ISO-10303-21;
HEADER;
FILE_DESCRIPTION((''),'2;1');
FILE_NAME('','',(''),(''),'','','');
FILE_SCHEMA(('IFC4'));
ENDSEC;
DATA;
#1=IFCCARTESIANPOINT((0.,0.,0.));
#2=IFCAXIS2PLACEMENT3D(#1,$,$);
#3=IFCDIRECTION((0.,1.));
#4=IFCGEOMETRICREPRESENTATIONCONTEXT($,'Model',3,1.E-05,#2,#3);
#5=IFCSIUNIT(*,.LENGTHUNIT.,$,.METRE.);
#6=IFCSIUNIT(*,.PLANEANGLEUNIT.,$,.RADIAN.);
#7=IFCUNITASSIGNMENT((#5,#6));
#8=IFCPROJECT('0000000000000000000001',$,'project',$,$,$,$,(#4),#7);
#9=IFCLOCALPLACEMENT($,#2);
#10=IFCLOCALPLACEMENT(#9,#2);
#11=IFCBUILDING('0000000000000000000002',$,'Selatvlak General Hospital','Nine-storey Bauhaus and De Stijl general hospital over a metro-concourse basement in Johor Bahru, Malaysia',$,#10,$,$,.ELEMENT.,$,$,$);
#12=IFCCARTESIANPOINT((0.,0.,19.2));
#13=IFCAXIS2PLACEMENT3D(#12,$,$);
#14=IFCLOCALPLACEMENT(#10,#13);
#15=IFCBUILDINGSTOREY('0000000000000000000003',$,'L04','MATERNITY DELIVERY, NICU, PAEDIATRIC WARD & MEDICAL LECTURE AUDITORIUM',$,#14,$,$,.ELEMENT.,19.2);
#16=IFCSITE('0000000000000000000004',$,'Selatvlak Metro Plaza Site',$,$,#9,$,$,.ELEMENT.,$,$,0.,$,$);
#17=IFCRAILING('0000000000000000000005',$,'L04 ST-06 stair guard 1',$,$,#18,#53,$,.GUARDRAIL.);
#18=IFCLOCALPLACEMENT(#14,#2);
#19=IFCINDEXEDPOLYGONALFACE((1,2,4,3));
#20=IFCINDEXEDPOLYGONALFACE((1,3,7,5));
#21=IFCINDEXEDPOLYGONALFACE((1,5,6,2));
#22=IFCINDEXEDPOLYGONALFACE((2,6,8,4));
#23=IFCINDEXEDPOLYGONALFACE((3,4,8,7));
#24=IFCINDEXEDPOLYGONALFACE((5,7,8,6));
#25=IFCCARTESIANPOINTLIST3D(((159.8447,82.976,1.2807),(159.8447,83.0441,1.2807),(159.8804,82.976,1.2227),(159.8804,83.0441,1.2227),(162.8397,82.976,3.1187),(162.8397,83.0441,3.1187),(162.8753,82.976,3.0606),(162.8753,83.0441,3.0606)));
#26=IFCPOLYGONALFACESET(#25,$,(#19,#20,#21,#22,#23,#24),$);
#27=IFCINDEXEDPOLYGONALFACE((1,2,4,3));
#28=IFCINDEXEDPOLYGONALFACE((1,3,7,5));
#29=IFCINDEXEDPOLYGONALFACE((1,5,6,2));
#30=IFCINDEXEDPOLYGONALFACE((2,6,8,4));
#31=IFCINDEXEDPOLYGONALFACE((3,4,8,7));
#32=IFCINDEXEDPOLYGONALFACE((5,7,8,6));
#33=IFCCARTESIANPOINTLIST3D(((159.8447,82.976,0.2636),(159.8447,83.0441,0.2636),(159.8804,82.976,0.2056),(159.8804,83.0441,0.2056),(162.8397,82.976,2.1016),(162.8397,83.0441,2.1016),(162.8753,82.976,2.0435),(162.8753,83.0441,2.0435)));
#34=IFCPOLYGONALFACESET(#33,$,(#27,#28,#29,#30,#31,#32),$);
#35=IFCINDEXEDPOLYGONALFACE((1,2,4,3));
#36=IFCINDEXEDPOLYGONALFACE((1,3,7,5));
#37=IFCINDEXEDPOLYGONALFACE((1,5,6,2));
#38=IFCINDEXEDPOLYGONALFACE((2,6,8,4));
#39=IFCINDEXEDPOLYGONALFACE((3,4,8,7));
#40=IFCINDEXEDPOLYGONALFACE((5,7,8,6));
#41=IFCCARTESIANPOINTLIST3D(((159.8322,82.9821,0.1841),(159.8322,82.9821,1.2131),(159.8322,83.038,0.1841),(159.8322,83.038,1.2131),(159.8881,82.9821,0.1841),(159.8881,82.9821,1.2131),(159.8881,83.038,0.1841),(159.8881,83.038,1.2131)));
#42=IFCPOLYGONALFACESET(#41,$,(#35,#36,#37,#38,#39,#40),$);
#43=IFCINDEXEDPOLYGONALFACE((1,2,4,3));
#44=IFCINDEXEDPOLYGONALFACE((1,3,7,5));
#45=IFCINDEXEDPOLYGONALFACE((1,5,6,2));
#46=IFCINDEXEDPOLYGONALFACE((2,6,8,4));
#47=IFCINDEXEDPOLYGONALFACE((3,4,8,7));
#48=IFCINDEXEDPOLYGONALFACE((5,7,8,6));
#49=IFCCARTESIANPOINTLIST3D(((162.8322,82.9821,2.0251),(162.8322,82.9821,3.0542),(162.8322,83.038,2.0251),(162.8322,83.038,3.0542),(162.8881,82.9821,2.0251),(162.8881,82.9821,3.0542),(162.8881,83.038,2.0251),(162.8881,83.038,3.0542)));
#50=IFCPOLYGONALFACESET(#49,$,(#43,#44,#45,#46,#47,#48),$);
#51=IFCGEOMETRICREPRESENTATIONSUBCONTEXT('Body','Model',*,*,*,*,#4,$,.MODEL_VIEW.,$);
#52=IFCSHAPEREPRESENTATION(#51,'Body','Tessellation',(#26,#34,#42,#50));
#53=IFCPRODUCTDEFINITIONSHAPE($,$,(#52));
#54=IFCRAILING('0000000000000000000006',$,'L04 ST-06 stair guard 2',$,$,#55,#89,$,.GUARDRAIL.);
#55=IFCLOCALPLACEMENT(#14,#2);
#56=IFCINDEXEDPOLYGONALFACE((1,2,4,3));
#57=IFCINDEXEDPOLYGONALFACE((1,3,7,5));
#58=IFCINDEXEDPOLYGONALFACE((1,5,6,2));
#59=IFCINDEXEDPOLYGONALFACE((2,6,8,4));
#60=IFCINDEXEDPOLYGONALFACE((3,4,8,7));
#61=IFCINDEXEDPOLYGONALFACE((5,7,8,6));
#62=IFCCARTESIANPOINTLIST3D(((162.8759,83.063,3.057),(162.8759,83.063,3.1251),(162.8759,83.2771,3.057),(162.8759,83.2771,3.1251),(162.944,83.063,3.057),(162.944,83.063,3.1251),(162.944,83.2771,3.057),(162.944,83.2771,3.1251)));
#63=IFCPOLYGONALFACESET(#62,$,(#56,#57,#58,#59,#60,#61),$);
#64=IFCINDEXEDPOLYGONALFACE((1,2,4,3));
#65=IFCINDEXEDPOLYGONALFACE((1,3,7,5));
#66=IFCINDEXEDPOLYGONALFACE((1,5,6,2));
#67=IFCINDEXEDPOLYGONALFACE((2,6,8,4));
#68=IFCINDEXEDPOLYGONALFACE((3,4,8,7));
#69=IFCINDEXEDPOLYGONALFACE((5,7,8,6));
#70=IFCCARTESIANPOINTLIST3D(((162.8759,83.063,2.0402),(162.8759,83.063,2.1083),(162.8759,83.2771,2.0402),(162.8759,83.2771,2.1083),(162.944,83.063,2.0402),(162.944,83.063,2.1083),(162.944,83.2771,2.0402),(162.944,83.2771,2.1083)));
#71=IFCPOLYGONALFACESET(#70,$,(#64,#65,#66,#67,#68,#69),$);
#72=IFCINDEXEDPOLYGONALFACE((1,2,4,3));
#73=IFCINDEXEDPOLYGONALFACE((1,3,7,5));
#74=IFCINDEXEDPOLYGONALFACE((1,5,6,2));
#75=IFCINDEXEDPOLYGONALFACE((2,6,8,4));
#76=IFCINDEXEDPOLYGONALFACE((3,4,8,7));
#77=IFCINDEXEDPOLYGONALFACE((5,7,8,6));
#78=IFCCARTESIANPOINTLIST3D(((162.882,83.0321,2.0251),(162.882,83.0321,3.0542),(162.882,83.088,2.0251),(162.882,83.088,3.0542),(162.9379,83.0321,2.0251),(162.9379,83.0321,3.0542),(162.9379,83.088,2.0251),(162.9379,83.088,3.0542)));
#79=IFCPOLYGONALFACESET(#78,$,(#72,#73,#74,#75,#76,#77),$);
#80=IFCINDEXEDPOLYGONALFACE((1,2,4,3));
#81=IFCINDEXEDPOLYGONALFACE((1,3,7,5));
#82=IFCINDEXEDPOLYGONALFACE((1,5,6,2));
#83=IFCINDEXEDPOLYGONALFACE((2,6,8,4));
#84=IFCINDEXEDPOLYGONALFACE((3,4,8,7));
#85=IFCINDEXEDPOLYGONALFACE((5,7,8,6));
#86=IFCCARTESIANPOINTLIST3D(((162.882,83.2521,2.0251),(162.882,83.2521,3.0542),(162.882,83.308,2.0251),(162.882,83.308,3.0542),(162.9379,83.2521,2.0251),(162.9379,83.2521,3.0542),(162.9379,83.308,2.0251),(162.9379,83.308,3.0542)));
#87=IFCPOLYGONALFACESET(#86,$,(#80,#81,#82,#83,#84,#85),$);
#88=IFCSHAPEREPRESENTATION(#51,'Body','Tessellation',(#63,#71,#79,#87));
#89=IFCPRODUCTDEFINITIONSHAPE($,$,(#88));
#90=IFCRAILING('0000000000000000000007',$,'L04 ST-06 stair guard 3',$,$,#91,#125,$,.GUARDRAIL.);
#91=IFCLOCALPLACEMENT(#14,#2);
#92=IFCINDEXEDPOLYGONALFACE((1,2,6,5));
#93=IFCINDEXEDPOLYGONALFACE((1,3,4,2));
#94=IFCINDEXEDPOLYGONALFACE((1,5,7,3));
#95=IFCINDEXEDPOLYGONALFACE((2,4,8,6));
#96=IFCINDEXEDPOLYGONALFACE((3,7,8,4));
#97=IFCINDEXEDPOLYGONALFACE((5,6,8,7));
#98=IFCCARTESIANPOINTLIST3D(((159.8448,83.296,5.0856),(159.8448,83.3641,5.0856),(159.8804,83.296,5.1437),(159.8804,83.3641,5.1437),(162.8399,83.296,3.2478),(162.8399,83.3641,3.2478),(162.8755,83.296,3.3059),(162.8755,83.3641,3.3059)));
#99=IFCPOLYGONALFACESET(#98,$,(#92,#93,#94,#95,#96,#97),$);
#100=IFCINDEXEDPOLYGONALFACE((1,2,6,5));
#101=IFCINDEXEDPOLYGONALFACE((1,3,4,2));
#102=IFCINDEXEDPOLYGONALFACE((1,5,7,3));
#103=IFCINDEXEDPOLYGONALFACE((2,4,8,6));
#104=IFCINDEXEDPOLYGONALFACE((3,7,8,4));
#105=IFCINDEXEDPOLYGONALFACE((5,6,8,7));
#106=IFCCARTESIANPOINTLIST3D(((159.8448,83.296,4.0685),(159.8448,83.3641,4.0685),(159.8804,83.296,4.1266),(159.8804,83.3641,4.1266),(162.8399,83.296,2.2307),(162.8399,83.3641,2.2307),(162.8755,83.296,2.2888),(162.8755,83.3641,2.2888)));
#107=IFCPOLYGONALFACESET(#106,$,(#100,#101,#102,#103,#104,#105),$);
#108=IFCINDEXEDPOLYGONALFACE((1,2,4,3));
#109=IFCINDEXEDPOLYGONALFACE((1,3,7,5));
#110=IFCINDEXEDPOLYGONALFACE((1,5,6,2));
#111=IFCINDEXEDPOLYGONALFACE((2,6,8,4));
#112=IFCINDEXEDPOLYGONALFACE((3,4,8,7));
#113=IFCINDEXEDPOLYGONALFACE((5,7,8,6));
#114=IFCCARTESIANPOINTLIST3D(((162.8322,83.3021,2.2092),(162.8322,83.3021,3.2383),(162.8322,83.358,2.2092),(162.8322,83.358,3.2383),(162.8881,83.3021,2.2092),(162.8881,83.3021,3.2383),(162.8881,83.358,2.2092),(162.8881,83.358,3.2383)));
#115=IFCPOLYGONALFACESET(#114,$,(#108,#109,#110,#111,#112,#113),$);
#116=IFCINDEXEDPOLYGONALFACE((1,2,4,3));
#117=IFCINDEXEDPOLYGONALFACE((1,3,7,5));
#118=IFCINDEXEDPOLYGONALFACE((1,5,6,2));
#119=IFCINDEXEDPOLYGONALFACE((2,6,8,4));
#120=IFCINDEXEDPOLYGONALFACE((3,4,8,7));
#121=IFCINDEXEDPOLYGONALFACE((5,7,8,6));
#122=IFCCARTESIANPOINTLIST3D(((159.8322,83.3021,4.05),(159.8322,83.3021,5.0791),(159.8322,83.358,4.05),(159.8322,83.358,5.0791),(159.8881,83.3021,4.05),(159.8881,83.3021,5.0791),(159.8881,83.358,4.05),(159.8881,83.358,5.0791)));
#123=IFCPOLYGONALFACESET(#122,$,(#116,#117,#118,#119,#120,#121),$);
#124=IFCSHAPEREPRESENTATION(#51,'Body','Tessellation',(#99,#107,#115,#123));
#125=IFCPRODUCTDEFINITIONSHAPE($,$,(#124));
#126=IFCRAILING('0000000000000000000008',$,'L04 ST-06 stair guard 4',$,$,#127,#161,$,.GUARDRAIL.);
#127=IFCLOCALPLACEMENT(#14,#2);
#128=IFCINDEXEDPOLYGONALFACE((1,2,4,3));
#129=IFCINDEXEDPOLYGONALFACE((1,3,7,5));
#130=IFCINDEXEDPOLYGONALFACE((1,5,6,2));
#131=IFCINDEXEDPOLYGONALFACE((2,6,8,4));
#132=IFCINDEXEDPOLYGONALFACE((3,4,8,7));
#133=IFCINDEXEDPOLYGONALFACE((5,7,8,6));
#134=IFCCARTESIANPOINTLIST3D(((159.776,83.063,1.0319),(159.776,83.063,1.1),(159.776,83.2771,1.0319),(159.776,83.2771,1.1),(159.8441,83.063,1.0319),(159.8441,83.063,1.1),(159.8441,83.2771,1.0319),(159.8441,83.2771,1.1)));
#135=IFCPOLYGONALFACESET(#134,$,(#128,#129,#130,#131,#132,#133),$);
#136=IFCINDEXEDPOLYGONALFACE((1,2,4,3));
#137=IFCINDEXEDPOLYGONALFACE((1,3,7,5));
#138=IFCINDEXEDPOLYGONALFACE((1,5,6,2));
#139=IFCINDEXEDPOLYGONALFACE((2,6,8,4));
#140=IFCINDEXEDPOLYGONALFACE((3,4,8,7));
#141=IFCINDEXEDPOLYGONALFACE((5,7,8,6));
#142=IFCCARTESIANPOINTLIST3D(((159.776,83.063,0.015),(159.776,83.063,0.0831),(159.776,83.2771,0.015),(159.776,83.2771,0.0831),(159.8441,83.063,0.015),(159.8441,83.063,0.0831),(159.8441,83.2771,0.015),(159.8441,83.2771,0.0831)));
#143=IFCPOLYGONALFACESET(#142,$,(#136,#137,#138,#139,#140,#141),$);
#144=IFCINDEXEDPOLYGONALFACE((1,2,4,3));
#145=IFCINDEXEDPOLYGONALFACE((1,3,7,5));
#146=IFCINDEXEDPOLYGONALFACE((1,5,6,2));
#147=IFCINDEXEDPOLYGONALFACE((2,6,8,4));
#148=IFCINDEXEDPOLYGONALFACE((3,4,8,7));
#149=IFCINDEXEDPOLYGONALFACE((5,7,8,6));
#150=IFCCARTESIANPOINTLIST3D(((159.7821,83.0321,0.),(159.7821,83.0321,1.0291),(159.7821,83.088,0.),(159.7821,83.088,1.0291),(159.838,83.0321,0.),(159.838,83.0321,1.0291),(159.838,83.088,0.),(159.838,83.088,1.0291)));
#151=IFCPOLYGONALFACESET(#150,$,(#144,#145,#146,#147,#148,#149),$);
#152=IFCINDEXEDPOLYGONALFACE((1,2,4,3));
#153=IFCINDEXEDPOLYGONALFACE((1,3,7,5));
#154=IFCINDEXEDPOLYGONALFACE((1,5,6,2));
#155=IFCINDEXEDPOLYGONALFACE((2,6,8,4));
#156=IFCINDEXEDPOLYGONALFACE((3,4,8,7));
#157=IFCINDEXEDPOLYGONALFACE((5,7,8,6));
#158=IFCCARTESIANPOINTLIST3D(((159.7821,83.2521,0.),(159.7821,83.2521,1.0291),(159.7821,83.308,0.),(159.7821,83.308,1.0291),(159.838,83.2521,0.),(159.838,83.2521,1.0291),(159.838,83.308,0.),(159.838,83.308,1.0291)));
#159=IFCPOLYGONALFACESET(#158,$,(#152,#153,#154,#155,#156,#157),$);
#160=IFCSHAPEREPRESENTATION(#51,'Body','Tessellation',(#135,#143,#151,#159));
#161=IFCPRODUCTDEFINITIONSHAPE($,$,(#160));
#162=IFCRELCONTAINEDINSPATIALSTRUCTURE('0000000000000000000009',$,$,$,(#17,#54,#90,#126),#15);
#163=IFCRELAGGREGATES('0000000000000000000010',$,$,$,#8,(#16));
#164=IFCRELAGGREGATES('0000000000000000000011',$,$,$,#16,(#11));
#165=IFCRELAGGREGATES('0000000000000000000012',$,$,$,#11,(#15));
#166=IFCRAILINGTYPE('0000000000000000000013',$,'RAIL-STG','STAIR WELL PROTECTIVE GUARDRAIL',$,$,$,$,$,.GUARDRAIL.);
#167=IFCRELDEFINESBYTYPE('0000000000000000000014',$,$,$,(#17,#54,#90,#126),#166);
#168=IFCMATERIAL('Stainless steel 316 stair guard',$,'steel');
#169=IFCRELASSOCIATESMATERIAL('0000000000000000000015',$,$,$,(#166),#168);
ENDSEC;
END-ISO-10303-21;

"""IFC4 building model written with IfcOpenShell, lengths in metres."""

from ifc_helpers import new_model, si_unit, direction, frame, origin, origin_2d, place, context, subcontext, project, spatial, rectangle, extrude, material, type_object, element, save


model = new_model("IFC4")

# Units and contexts
model_context = context("Model", 3, precision=1e-05, world=origin(), true_north=direction((0.0, 1.0)))
body_context = subcontext(model_context, "Body", "Model", "MODEL_VIEW")
ifc_project = project(units=[si_unit("LENGTHUNIT", "METRE"), si_unit("PLANEANGLEUNIT", "RADIAN")], contexts=[model_context])

# Site, building, storey
site_placement = place(None, origin())
site = spatial("IfcSite", under=ifc_project, at=site_placement, Name="Selatvlak Metro Plaza Site", CompositionType="ELEMENT", RefElevation=0.0)
building_placement = place(site_placement, origin())
building = spatial("IfcBuilding", under=site, at=building_placement, Name="Selatvlak General Hospital", Description="Nine-storey Bauhaus and De Stijl general hospital over a metro-concourse basement in Johor Bahru, Malaysia", CompositionType="ELEMENT")
storey_placement = place(building_placement, frame((0.0, 0.0, 19.2)))
storey = spatial("IfcBuildingStorey", under=building, at=storey_placement, Name="L04", Description="MATERNITY DELIVERY, NICU, PAEDIATRIC WARD & MEDICAL LECTURE AUDITORIUM", CompositionType="ELEMENT", Elevation=19.2)

# Railings
ifc_material_1 = material(Name="Stainless steel 316 stair guard", Category="steel")
railing_type_1 = type_object("IfcRailingType", Name="RAIL-STG", Description="STAIR WELL PROTECTIVE GUARDRAIL", PredefinedType="GUARDRAIL", material=ifc_material_1)
railing_1_placement = place(storey_placement, frame((159.8601, 83.01, 0.1841)))
element("IfcRailing", 1, at=railing_1_placement, inside=storey, type_object=railing_type_1, Name="L04 ST-06 stair guard 1", PredefinedType="GUARDRAIL", context=body_context, shape_type="SweptSolid", body=[
    extrude(rectangle(XDim=0.0681, YDim=0.0681, at=origin_2d()), frame((0.0024, 0.0, 1.0676), z_axis=(0.852303, 0.0, 0.523048), x_axis=(0.0, 1.0, 0.0)), (0.0, 0.0, 1.0), 3.5139),
    extrude(rectangle(XDim=0.0681, YDim=0.0681, at=origin_2d()), frame((0.0024, 0.0, 0.0505), z_axis=(0.852303, 0.0, 0.523048), x_axis=(0.0, 1.0, 0.0)), (0.0, 0.0, 1.0), 3.5139),
    extrude(rectangle(XDim=0.0559, YDim=0.0559, at=origin_2d()), origin(), (0.0, 0.0, 1.0), 1.0291),
    extrude(rectangle(XDim=0.0559, YDim=0.0559, at=origin_2d()), frame((3.0, 0.0, 1.8411)), (0.0, 0.0, 1.0), 1.0291),
])
railing_2_placement = place(storey_placement, frame((162.9099, 83.0601, 2.0251)))
element("IfcRailing", 2, at=railing_2_placement, inside=storey, type_object=railing_type_1, Name="L04 ST-06 stair guard 2", PredefinedType="GUARDRAIL", context=body_context, shape_type="SweptSolid", body=[
    extrude(rectangle(XDim=0.0681, YDim=0.0681, at=origin_2d()), frame((0.0, 0.0029, 1.0659), z_axis=(0.0, 1.0, 0.0), x_axis=(-1.0, 0.0, 0.0)), (0.0, 0.0, 1.0), 0.2141),
    extrude(rectangle(XDim=0.0681, YDim=0.0681, at=origin_2d()), frame((0.0, 0.0029, 0.0491), z_axis=(0.0, 1.0, 0.0), x_axis=(-1.0, 0.0, 0.0)), (0.0, 0.0, 1.0), 0.2141),
    extrude(rectangle(XDim=0.0559, YDim=0.0559, at=origin_2d()), origin(), (0.0, 0.0, 1.0), 1.0291),
    extrude(rectangle(XDim=0.0559, YDim=0.0559, at=origin_2d()), frame((0.0, 0.22, 0.0)), (0.0, 0.0, 1.0), 1.0291),
])
railing_3_placement = place(storey_placement, frame((162.8601, 83.3301, 2.2092)))
element("IfcRailing", 3, at=railing_3_placement, inside=storey, type_object=railing_type_1, Name="L04 ST-06 stair guard 3", PredefinedType="GUARDRAIL", context=body_context, shape_type="SweptSolid", body=[
    extrude(rectangle(XDim=0.0681, YDim=0.0681, at=origin_2d()), frame((-0.0024, 0.0, 1.0676), z_axis=(-0.852334, 0.0, 0.522998), x_axis=(0.0, -1.0, 0.0)), (0.0, 0.0, 1.0), 3.5139),
    extrude(rectangle(XDim=0.0681, YDim=0.0681, at=origin_2d()), frame((-0.0024, 0.0, 0.0505), z_axis=(-0.852334, 0.0, 0.522998), x_axis=(0.0, -1.0, 0.0)), (0.0, 0.0, 1.0), 3.5139),
    extrude(rectangle(XDim=0.0559, YDim=0.0559, at=origin_2d()), origin(), (0.0, 0.0, 1.0), 1.0291),
    extrude(rectangle(XDim=0.0559, YDim=0.0559, at=origin_2d()), frame((-3.0, 0.0, 1.8408)), (0.0, 0.0, 1.0), 1.0291),
])
railing_4_placement = place(storey_placement, frame((159.8101, 83.0601, 0.0)))
element("IfcRailing", 4, at=railing_4_placement, inside=storey, type_object=railing_type_1, Name="L04 ST-06 stair guard 4", PredefinedType="GUARDRAIL", context=body_context, shape_type="SweptSolid", body=[
    extrude(rectangle(XDim=0.0681, YDim=0.0681, at=origin_2d()), frame((0.0, 0.0029, 1.0659), z_axis=(0.0, 1.0, 0.0), x_axis=(-1.0, 0.0, 0.0)), (0.0, 0.0, 1.0), 0.2141),
    extrude(rectangle(XDim=0.0681, YDim=0.0681, at=origin_2d()), frame((0.0, 0.0029, 0.0491), z_axis=(0.0, 1.0, 0.0), x_axis=(-1.0, 0.0, 0.0)), (0.0, 0.0, 1.0), 0.2141),
    extrude(rectangle(XDim=0.0559, YDim=0.0559, at=origin_2d()), origin(), (0.0, 0.0, 1.0), 1.0291),
    extrude(rectangle(XDim=0.0559, YDim=0.0559, at=origin_2d()), frame((0.0, 0.22, 0.0)), (0.0, 0.0, 1.0), 1.0291),
])

save(model, "model.ifc")
